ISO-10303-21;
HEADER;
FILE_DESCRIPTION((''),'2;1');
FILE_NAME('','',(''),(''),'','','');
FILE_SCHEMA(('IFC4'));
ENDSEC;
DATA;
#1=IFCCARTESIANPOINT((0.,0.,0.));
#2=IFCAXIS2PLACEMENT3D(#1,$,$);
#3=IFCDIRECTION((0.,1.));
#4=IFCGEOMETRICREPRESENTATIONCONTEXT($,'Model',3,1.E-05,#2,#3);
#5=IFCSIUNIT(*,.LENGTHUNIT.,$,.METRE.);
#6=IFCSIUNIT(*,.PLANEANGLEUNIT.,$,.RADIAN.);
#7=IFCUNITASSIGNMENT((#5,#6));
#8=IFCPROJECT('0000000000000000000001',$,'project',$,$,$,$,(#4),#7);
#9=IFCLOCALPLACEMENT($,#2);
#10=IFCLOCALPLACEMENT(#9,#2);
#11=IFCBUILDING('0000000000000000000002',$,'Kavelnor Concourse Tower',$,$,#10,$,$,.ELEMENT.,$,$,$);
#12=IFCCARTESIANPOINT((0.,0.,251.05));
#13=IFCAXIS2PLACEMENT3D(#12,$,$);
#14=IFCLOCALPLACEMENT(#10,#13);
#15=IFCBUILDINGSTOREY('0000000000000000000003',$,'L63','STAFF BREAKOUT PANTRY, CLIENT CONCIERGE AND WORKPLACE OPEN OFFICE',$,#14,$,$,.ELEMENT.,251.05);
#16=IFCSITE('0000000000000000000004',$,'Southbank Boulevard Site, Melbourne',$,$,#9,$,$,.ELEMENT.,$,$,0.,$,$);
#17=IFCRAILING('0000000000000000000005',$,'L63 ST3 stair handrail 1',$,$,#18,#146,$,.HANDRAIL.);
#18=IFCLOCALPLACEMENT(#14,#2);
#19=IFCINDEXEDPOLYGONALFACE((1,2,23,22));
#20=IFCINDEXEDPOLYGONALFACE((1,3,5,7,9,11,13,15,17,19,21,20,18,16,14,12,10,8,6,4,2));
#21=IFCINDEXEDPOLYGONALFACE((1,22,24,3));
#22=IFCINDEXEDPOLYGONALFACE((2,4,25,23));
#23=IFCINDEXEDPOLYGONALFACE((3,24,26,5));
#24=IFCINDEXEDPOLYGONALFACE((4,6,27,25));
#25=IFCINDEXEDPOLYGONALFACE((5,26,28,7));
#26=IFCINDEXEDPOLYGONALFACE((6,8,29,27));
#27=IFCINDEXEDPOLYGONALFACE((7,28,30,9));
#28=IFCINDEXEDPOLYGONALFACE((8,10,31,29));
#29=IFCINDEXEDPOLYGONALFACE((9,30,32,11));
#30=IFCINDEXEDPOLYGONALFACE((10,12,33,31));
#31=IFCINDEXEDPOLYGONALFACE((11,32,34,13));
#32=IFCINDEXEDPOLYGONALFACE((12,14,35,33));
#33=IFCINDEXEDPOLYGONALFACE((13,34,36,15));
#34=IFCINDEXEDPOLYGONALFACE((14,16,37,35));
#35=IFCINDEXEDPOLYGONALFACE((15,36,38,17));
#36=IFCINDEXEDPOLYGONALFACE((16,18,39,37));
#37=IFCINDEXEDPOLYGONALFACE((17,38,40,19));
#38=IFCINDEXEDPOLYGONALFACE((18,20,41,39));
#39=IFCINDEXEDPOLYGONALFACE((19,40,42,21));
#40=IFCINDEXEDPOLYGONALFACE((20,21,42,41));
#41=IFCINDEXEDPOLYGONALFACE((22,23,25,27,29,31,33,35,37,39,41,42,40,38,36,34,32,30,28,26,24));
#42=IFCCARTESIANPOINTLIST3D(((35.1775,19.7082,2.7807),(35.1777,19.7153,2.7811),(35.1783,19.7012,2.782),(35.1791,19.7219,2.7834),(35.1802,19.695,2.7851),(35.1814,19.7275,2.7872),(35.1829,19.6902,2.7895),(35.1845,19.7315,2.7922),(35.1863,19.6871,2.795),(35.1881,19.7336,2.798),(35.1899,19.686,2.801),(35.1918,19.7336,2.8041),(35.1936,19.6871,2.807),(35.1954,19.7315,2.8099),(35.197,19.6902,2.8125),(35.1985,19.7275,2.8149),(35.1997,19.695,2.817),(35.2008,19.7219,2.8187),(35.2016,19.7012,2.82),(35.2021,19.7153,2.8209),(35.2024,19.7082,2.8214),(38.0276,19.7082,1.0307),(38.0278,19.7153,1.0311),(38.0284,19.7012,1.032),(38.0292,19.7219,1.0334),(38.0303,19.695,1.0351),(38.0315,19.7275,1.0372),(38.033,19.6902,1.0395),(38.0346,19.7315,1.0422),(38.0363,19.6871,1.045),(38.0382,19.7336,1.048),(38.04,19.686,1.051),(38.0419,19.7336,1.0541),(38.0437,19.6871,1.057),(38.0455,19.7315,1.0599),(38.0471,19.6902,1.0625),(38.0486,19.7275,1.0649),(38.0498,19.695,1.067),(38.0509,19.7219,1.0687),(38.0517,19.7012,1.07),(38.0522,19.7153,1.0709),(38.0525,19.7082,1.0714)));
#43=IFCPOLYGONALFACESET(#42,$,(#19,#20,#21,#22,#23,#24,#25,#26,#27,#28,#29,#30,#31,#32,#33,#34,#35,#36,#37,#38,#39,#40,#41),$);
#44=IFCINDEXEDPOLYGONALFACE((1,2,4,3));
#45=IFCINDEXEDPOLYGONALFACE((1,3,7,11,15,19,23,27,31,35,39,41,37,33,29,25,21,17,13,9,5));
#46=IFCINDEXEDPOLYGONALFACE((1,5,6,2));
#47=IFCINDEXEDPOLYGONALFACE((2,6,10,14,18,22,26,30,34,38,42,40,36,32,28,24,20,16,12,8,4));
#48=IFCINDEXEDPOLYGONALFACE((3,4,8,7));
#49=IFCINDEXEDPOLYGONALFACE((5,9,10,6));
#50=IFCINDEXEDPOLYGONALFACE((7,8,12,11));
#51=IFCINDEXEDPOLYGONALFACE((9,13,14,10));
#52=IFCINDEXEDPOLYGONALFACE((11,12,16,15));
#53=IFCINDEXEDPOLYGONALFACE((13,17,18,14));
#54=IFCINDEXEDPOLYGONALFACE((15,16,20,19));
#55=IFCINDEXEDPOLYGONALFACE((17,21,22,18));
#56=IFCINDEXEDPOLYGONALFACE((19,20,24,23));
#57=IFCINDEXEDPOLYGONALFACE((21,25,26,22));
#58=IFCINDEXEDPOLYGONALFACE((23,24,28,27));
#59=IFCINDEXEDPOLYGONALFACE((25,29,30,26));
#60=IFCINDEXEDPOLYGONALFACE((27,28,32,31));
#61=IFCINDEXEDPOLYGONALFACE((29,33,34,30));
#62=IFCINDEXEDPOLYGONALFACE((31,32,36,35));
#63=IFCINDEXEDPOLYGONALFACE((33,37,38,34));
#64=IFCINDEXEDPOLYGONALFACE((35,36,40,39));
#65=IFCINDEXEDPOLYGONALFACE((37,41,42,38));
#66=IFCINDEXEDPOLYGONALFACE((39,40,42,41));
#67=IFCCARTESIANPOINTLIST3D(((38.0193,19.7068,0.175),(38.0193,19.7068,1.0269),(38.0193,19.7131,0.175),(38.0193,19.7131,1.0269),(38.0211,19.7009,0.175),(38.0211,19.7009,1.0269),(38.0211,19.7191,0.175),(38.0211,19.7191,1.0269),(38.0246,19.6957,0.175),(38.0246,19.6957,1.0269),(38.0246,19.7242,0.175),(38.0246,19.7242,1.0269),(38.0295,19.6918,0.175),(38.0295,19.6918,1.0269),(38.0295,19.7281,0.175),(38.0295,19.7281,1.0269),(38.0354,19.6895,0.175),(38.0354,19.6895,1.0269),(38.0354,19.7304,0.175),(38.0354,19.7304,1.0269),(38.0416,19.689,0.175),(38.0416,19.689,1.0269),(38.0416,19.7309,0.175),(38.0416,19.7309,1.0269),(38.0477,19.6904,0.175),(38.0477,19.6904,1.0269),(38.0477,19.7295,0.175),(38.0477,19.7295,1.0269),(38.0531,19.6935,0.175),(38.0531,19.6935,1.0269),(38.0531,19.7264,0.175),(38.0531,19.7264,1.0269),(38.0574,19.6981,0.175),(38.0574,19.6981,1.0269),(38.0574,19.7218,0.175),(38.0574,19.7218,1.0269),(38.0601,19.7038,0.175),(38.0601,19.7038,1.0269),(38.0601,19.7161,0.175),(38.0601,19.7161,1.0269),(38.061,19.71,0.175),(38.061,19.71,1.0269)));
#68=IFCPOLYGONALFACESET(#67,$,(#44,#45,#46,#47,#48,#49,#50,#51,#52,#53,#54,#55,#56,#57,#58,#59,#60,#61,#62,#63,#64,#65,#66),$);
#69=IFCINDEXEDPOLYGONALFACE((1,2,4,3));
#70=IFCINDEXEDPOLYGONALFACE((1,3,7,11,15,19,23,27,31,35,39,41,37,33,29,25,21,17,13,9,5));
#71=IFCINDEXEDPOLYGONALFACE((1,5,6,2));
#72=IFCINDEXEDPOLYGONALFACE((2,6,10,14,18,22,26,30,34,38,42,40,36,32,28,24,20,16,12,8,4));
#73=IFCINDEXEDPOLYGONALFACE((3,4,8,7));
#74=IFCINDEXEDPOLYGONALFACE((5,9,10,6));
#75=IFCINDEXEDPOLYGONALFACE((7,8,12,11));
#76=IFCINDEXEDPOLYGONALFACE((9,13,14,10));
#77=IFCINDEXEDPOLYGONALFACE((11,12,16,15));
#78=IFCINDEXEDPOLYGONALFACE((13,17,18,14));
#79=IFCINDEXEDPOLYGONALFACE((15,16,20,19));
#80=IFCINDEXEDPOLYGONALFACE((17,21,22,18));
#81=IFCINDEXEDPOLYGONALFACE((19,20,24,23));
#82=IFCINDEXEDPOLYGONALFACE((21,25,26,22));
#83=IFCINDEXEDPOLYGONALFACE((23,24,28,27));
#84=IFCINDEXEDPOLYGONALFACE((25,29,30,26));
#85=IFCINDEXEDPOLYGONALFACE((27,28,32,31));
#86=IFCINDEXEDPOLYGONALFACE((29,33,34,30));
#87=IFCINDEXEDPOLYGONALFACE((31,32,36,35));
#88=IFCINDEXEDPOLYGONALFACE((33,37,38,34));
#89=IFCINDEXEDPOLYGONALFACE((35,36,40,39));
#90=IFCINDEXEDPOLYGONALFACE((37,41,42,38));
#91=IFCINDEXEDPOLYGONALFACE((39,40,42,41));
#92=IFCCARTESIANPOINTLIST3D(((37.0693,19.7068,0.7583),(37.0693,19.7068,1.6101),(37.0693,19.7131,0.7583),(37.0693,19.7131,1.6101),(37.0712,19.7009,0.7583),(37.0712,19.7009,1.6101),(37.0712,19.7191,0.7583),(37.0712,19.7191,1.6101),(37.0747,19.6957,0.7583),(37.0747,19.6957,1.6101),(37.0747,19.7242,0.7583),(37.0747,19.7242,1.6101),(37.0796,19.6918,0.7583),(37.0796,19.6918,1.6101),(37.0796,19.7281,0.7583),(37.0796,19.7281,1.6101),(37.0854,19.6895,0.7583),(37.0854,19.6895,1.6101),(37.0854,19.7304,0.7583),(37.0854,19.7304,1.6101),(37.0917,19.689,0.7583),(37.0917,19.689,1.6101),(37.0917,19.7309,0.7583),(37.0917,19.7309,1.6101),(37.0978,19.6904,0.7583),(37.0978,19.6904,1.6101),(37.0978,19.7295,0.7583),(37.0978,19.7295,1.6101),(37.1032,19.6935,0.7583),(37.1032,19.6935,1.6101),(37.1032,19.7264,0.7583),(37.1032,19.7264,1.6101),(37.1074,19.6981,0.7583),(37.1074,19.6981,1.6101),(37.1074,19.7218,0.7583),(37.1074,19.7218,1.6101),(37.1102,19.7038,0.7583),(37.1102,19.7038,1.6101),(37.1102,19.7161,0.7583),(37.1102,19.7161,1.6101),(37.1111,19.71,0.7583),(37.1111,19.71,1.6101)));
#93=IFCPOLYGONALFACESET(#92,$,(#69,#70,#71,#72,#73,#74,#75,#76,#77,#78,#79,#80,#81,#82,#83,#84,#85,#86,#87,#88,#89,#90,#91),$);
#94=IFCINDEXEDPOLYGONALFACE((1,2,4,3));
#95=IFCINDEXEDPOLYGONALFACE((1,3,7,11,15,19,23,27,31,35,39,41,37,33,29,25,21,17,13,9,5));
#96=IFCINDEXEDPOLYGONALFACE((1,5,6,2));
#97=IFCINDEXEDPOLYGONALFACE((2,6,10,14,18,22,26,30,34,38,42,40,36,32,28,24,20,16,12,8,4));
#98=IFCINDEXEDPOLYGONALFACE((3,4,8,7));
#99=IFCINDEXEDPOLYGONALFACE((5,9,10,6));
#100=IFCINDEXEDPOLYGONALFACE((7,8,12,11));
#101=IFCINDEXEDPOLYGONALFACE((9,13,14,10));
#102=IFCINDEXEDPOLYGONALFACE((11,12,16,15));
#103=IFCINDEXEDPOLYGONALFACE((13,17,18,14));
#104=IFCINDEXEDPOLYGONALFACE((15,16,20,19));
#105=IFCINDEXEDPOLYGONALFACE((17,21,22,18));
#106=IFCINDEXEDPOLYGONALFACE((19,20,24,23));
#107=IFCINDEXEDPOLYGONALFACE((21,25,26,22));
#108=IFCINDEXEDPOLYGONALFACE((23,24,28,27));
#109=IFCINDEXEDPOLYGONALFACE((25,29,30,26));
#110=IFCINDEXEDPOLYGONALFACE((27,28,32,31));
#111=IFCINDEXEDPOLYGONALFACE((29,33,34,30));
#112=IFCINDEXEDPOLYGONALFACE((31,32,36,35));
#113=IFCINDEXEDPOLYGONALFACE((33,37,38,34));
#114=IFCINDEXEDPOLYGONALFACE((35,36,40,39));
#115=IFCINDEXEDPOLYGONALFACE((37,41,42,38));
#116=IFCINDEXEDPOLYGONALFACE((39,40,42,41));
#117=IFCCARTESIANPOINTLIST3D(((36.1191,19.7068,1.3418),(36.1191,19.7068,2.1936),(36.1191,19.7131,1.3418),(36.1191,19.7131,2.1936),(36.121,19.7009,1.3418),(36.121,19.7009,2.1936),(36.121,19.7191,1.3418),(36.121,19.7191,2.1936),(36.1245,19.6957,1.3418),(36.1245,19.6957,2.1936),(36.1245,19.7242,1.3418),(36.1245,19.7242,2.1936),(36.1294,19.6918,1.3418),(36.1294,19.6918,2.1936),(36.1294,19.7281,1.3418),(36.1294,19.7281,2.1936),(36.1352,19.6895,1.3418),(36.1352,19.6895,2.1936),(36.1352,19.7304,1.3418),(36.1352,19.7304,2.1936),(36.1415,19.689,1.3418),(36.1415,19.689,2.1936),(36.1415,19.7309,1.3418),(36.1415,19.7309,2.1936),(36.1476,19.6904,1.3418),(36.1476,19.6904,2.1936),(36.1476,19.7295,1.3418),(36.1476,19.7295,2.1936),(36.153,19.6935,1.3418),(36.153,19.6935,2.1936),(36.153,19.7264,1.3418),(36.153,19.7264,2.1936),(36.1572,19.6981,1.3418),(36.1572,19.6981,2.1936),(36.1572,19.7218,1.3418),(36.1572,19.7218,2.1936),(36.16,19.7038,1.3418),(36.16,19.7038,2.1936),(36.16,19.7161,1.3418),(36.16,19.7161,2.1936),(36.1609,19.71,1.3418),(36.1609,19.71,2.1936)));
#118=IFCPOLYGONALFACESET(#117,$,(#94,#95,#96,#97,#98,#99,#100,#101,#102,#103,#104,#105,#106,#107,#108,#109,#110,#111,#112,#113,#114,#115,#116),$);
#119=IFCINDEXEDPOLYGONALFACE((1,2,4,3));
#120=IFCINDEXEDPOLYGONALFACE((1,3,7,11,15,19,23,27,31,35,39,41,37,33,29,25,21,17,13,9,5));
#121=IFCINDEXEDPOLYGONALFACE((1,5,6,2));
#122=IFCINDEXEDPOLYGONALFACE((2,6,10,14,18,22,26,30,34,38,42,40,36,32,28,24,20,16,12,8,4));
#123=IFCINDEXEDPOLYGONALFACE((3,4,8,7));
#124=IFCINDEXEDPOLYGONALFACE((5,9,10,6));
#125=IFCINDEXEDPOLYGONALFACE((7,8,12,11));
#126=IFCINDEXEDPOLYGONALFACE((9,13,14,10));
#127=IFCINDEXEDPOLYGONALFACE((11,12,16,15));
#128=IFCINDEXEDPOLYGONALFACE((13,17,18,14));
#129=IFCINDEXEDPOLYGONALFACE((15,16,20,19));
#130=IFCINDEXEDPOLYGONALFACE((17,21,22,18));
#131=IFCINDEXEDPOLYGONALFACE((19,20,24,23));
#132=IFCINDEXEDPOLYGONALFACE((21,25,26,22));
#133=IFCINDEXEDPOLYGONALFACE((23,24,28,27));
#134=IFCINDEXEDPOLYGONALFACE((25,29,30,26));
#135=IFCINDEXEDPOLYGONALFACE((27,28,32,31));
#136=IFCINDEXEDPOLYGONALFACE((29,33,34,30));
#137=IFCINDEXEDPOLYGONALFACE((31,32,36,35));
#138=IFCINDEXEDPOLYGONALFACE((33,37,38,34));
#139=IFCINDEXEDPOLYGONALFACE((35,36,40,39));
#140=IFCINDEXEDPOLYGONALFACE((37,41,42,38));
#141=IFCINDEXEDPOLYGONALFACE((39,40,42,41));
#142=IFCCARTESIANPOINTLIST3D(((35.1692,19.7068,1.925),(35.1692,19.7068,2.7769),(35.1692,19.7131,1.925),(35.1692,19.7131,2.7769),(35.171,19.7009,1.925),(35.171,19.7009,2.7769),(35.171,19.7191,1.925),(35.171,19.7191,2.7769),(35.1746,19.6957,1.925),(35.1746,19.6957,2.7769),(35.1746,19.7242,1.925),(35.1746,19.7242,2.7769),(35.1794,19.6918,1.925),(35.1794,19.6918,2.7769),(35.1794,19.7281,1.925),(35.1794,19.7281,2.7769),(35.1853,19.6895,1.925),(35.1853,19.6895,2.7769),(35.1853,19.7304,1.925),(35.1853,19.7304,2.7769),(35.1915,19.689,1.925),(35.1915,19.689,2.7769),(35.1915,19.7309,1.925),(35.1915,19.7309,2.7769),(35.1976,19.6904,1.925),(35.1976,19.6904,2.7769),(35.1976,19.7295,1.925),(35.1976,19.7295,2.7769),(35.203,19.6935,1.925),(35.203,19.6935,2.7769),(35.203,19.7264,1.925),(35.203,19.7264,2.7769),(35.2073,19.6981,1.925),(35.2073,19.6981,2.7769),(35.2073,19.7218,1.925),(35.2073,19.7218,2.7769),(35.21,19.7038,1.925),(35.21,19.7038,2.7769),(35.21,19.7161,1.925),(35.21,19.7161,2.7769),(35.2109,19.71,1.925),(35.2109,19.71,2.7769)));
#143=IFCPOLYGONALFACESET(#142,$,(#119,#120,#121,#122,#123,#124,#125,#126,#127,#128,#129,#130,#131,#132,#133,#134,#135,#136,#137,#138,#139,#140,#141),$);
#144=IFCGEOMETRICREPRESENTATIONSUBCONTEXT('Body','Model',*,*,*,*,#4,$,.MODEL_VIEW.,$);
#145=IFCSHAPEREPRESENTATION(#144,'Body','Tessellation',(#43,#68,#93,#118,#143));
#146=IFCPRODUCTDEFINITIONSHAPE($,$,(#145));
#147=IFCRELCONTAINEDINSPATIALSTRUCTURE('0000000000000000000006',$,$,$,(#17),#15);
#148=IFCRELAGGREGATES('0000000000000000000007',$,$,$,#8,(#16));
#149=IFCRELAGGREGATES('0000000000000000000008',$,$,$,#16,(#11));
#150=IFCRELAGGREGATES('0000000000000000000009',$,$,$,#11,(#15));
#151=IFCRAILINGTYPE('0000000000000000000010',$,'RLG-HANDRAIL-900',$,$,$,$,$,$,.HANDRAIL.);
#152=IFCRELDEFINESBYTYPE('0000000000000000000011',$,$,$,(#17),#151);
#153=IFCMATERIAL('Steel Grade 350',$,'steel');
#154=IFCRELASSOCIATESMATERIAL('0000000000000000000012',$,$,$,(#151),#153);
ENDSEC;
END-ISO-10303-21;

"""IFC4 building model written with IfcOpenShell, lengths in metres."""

from ifc_helpers import new_model, si_unit, direction, frame, origin, origin_2d, place, context, subcontext, project, spatial, circle, extrude, material, type_object, element, save


model = new_model("IFC4")

# Units and contexts
model_context = context("Model", 3, precision=1e-05, world=origin(), true_north=direction((0.0, 1.0)))
body_context = subcontext(model_context, "Body", "Model", "MODEL_VIEW")
ifc_project = project(units=[si_unit("LENGTHUNIT", "METRE"), si_unit("PLANEANGLEUNIT", "RADIAN")], contexts=[model_context])

# Site, building, storey
site_placement = place(None, origin())
site = spatial("IfcSite", under=ifc_project, at=site_placement, Name="Southbank Boulevard Site, Melbourne", CompositionType="ELEMENT", RefElevation=0.0)
building_placement = place(site_placement, origin())
building = spatial("IfcBuilding", under=site, at=building_placement, Name="Kavelnor Concourse Tower", CompositionType="ELEMENT")
storey_placement = place(building_placement, frame((0.0, 0.0, 251.05)))
storey = spatial("IfcBuildingStorey", under=building, at=storey_placement, Name="L63", Description="STAFF BREAKOUT PANTRY, CLIENT CONCIERGE AND WORKPLACE OPEN OFFICE", CompositionType="ELEMENT", Elevation=251.05)

# Shared definitions
ifc_material_1 = material(Name="Steel Grade 350", Category="steel")

# Railing
railing_type_1 = type_object("IfcRailingType", Name="RLG-HANDRAIL-900", PredefinedType="HANDRAIL", material=ifc_material_1)
railing_1_placement = place(storey_placement, frame((38.04, 19.71, 0.175)))
element("IfcRailing", 1, at=railing_1_placement, inside=storey, type_object=railing_type_1, Name="L63 ST3 stair handrail 1", PredefinedType="HANDRAIL", context=body_context, shape_type="SweptSolid", body=[
    extrude(circle(Radius=0.0239, at=origin_2d()), frame((0.0, 0.0, 0.876), z_axis=(-0.852179, 0.0, 0.52325), x_axis=(0.0, -1.0, 0.0)), (0.0, 0.0, 1.0), 3.3445),
    extrude(circle(Radius=0.021, at=origin_2d()), origin(), (0.0, 0.0, 1.0), 0.8518),
    extrude(circle(Radius=0.021, at=origin_2d()), frame((-0.95, 0.0, 0.5833)), (0.0, 0.0, 1.0), 0.8518),
    extrude(circle(Radius=0.021, at=origin_2d()), frame((-1.9001, 0.0, 1.1667)), (0.0, 0.0, 1.0), 0.8518),
    extrude(circle(Radius=0.021, at=origin_2d()), frame((-2.8501, 0.0, 1.75)), (0.0, 0.0, 1.0), 0.8518),
])

save(model, "model.ifc")
